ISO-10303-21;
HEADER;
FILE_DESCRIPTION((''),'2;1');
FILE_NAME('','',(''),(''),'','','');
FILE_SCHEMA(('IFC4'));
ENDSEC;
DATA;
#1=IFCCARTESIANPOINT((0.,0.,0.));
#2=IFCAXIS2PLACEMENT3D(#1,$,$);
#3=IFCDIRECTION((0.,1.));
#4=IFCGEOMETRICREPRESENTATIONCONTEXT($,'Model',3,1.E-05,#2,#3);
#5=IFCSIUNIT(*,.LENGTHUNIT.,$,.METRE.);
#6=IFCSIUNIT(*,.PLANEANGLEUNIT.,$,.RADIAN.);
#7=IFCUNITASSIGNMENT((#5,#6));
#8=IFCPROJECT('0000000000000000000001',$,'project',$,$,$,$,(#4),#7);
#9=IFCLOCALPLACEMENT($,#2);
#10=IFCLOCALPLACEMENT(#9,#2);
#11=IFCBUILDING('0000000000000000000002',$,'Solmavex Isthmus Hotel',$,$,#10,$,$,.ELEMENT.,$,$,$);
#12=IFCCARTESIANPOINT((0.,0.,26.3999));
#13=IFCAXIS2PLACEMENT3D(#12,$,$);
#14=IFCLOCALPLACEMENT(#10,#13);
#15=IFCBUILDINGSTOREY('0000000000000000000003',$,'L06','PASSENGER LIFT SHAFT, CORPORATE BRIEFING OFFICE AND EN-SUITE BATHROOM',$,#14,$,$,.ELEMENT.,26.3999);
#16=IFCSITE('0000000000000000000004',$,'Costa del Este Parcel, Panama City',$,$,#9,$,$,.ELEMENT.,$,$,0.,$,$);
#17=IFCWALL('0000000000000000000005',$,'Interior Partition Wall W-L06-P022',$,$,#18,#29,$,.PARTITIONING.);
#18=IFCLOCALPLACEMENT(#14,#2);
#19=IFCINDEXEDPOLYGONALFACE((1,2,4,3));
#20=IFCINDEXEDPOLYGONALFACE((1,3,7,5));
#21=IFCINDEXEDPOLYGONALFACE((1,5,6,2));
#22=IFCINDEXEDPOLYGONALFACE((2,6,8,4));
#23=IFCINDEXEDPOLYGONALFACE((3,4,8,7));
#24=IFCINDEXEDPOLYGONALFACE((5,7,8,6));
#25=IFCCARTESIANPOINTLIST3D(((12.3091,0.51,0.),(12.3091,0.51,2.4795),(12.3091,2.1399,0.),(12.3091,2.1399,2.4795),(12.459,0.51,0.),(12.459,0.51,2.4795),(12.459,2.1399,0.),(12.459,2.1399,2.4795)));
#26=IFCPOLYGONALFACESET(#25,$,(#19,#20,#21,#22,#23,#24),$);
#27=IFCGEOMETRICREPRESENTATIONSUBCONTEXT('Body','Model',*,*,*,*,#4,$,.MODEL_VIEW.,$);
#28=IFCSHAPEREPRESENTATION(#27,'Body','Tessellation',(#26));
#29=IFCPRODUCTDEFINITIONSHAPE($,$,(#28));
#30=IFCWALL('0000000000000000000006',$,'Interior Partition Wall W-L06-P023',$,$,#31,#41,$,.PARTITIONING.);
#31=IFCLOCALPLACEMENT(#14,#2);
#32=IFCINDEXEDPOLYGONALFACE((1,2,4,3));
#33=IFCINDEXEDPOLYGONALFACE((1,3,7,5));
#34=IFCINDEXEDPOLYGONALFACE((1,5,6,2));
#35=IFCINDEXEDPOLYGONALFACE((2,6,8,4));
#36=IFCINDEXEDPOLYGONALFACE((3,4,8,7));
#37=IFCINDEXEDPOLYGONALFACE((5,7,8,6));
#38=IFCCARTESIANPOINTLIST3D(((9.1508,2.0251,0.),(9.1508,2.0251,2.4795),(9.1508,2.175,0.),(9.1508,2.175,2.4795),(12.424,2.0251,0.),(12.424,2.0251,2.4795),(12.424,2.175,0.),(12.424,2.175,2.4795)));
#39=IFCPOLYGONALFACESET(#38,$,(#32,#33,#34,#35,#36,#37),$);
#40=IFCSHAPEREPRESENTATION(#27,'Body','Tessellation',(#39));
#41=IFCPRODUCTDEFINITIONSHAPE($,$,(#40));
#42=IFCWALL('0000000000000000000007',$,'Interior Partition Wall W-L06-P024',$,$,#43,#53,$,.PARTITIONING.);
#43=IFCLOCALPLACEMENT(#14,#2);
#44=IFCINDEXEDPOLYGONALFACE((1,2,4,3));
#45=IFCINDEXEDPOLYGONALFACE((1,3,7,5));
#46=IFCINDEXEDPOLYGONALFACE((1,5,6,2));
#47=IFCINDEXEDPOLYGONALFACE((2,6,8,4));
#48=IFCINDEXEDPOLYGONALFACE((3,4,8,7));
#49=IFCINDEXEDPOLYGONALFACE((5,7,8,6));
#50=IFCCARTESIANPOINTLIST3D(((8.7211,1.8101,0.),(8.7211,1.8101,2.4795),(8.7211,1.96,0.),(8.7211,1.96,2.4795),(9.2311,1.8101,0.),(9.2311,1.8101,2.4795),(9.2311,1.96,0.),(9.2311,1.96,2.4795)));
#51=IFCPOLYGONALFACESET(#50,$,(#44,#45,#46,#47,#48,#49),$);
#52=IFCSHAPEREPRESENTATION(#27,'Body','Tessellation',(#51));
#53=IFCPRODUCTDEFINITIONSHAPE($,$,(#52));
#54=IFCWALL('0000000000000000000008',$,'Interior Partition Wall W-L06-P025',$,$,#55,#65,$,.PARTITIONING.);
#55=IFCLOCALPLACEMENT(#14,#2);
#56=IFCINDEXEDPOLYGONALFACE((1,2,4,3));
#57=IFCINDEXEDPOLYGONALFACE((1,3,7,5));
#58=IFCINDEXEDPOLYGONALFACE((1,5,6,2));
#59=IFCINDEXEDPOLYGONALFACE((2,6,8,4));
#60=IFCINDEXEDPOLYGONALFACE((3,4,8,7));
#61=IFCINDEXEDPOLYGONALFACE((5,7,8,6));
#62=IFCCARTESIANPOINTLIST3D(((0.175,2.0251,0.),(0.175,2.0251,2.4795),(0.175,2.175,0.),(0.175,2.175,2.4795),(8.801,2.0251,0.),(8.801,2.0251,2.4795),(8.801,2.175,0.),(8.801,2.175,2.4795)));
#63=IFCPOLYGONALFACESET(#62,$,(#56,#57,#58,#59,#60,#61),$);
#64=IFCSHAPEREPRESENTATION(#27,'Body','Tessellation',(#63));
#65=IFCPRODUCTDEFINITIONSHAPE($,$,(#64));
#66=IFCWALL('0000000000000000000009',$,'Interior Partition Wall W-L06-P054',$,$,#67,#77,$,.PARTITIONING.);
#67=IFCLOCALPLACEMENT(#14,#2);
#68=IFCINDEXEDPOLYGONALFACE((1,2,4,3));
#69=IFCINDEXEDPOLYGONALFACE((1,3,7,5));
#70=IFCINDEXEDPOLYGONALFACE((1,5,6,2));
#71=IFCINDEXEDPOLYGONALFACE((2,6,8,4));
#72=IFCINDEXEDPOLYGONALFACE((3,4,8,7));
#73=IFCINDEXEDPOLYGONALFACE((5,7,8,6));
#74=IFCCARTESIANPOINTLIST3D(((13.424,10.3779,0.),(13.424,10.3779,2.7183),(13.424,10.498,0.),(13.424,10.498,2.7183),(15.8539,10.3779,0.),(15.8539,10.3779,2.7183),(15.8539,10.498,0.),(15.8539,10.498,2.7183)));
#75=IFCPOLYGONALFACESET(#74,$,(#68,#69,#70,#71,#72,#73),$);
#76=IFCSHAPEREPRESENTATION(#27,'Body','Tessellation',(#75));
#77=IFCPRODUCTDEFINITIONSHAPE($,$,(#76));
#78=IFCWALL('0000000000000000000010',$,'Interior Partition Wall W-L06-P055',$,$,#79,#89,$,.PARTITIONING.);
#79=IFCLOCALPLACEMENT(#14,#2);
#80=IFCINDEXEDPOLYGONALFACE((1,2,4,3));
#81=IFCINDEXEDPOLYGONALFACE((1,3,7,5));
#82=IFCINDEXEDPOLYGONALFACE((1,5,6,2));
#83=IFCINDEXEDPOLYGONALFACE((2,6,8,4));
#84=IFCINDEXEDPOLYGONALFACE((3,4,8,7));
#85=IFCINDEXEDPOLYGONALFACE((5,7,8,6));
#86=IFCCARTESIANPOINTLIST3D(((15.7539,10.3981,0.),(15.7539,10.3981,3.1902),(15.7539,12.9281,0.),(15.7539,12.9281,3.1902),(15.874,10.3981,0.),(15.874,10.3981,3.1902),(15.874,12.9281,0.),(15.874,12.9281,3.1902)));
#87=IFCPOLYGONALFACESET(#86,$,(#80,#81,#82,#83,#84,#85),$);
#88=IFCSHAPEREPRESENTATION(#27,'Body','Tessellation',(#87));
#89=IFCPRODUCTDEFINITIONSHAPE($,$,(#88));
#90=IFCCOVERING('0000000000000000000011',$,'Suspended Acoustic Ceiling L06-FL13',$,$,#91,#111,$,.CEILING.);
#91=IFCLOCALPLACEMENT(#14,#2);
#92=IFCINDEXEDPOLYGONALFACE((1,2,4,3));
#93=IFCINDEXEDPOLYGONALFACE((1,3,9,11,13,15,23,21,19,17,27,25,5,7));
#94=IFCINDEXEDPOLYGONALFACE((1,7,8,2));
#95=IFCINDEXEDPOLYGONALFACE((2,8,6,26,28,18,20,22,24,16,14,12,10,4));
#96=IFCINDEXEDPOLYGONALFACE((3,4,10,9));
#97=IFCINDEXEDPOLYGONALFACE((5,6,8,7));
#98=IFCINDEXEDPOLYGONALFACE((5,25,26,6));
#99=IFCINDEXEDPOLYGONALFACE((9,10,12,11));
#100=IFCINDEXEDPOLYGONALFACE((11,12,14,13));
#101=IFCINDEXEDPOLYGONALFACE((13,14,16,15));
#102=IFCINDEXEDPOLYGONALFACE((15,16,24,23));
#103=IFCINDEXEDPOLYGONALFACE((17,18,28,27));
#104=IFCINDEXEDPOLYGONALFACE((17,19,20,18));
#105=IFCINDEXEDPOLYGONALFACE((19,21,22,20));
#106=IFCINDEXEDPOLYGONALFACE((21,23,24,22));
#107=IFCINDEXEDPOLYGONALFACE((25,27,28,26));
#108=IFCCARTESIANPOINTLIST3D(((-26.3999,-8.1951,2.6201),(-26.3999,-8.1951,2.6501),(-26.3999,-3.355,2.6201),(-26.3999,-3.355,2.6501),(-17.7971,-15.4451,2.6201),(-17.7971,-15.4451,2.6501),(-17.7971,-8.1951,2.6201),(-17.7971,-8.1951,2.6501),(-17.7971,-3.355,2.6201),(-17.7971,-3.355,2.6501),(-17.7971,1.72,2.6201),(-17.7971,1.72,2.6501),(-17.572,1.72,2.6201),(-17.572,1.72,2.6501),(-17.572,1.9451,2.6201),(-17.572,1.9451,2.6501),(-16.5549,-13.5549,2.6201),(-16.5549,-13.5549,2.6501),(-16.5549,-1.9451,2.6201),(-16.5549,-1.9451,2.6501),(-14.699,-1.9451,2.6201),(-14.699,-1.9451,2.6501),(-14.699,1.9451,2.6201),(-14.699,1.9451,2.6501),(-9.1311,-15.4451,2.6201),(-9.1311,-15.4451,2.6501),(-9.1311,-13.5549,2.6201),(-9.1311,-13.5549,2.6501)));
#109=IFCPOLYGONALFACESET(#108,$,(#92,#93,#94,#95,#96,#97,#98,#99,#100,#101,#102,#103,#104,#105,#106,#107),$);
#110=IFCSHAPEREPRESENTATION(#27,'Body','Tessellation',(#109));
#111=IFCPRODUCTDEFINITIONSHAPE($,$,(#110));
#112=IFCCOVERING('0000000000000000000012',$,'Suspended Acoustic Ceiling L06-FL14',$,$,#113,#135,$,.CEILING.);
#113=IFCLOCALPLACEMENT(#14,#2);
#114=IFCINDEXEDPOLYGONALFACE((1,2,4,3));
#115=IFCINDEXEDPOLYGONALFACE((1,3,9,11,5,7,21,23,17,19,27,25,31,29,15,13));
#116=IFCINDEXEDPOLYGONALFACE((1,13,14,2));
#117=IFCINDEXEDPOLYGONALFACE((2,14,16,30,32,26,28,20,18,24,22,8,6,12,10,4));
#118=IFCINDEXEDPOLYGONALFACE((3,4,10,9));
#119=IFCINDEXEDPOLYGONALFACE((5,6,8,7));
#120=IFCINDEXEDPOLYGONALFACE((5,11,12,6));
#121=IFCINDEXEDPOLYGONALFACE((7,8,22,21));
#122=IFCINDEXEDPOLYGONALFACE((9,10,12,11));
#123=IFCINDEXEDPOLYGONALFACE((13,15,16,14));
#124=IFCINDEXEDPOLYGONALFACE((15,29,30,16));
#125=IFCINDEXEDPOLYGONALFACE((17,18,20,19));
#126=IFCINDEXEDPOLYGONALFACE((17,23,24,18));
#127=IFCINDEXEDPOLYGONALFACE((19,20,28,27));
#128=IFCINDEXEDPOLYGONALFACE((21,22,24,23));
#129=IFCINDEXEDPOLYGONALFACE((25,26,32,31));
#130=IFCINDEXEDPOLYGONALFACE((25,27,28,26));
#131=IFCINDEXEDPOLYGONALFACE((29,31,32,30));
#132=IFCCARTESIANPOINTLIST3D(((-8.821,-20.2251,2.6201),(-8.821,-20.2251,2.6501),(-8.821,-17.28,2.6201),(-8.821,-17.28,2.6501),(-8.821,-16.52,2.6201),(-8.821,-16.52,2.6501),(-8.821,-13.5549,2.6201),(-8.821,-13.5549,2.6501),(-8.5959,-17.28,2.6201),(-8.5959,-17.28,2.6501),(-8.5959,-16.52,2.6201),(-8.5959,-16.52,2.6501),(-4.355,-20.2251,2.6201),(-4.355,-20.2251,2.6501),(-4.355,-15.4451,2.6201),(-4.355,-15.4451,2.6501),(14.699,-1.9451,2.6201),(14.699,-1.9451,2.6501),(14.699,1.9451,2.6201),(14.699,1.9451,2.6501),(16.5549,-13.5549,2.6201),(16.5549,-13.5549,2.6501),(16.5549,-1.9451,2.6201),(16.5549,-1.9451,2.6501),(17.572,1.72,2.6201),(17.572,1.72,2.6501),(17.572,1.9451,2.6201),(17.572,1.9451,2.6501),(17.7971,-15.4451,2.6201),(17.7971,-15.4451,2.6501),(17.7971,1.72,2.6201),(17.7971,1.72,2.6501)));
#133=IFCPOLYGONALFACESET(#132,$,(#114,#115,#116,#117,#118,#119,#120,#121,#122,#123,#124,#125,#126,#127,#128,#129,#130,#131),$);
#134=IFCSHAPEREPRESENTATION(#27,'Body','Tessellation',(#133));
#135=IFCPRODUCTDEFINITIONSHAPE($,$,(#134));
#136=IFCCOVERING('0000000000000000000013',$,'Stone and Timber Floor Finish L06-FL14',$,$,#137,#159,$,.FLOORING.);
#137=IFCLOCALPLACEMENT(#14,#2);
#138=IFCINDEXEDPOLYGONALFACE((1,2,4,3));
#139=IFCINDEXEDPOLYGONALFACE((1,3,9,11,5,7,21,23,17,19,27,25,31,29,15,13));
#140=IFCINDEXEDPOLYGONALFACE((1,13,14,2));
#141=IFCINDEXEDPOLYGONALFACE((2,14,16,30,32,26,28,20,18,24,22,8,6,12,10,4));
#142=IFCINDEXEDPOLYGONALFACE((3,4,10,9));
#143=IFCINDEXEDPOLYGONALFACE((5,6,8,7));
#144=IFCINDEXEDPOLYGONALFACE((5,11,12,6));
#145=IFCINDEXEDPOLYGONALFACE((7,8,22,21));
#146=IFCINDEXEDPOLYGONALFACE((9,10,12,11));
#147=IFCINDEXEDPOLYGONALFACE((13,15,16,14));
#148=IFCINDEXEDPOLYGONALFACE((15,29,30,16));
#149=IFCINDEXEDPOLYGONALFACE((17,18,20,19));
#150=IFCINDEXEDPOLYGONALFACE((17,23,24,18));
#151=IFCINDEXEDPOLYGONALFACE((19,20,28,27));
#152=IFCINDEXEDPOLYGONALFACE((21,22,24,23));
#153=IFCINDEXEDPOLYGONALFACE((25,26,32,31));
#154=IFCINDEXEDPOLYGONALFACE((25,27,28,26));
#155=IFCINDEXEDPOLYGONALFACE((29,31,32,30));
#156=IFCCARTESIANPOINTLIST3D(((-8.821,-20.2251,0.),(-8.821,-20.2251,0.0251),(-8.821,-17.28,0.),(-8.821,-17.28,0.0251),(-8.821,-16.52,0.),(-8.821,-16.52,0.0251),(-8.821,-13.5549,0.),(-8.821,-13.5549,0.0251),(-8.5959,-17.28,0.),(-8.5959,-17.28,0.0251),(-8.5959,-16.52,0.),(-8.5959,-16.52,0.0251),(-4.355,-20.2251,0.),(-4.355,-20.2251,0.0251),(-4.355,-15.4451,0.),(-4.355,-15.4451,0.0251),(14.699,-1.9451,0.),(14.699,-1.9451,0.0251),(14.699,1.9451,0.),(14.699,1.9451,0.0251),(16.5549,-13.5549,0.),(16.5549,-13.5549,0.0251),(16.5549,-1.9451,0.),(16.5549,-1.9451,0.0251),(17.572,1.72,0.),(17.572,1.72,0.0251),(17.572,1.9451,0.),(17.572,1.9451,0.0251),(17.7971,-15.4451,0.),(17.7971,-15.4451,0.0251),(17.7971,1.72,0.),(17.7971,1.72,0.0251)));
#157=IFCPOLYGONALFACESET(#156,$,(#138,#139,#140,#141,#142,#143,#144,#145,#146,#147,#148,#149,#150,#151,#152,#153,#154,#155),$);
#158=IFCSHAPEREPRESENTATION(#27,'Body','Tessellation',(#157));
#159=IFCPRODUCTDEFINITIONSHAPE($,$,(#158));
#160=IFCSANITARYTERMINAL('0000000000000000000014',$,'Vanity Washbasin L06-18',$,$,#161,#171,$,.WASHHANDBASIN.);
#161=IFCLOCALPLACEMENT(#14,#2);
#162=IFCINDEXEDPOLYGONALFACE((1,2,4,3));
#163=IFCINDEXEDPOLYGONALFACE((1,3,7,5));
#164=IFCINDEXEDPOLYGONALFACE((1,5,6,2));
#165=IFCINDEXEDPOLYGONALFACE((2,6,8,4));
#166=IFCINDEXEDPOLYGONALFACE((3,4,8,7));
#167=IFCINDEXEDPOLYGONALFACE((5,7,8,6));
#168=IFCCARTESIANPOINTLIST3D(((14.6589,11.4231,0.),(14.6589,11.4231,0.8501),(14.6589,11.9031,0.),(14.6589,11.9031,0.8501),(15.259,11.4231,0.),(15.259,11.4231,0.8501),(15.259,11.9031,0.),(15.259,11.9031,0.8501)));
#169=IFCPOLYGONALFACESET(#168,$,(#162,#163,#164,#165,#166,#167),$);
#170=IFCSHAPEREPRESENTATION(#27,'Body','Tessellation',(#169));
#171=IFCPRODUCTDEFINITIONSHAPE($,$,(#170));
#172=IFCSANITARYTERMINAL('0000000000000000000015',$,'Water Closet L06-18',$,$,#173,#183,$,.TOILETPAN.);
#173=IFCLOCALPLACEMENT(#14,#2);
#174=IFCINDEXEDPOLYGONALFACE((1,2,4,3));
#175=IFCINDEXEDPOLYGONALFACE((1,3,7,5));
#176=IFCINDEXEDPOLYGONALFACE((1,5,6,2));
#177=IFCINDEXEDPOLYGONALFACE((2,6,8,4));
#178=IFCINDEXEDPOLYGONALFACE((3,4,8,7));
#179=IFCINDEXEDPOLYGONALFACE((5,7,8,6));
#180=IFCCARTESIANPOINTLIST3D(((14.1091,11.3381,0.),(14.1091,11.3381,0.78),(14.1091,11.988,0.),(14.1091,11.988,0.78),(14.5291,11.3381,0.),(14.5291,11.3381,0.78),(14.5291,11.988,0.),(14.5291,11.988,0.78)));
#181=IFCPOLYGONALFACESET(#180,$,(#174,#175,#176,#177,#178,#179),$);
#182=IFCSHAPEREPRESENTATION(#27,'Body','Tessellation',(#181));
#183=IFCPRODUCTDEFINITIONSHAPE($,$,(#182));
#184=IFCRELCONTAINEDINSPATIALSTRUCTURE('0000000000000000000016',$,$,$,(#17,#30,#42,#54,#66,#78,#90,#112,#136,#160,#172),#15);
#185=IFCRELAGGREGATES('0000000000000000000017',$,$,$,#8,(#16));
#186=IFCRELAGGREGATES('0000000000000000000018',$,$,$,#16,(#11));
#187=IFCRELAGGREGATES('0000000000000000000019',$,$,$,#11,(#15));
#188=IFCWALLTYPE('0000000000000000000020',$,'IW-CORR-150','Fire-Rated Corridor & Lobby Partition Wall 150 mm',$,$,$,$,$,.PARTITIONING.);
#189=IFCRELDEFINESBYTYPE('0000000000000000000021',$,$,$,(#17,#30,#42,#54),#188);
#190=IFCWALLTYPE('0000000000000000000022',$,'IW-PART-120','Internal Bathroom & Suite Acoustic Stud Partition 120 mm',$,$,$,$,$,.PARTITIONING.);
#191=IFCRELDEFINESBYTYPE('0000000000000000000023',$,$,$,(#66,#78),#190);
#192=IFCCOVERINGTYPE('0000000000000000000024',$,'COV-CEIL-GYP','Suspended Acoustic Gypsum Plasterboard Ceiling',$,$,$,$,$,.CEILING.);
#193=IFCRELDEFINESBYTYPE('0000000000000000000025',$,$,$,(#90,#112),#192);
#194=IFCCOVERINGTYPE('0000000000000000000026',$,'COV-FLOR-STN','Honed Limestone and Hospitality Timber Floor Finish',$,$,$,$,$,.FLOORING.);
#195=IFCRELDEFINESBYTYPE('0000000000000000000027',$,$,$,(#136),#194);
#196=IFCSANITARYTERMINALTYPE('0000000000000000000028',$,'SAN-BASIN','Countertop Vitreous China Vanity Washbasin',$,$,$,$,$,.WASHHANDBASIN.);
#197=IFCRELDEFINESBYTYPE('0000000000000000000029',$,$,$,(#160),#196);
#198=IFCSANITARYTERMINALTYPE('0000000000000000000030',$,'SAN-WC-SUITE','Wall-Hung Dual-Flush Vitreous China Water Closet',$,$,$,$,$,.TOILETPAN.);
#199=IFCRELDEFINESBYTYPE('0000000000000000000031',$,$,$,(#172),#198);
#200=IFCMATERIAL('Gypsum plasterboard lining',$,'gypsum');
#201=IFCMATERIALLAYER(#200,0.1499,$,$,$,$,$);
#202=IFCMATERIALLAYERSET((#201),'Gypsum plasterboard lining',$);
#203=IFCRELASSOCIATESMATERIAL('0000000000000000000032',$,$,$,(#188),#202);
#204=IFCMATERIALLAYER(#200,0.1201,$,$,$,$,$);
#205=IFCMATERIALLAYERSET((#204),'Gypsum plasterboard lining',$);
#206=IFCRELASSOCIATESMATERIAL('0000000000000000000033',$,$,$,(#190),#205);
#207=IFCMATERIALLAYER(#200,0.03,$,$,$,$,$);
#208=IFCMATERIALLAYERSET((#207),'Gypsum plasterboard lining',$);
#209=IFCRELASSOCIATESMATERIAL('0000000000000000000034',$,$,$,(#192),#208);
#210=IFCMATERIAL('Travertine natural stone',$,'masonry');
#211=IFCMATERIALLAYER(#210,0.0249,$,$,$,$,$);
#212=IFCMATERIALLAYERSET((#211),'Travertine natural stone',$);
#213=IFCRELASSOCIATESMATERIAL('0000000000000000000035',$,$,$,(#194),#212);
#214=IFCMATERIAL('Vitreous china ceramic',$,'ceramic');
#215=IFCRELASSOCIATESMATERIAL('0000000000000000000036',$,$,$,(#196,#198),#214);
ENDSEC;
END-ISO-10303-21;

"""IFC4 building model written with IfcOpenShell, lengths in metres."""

from ifc_helpers import new_model, si_unit, direction, frame, frame_2d, origin, origin_2d, place, context, subcontext, project, spatial, polyline, rectangle, outline, extrude, material, layer, layer_set, type_object, element, save


model = new_model("IFC4")

# Units and contexts
model_context = context("Model", 3, precision=1e-05, world=origin(), true_north=direction((0.0, 1.0)))
body_context = subcontext(model_context, "Body", "Model", "MODEL_VIEW")
ifc_project = project(units=[si_unit("LENGTHUNIT", "METRE"), si_unit("PLANEANGLEUNIT", "RADIAN")], contexts=[model_context])

# Site, building, storey
site_placement = place(None, origin())
site = spatial("IfcSite", under=ifc_project, at=site_placement, Name="Costa del Este Parcel, Panama City", CompositionType="ELEMENT", RefElevation=0.0)
building_placement = place(site_placement, origin())
building = spatial("IfcBuilding", under=site, at=building_placement, Name="Solmavex Isthmus Hotel", CompositionType="ELEMENT")
storey_placement = place(building_placement, frame((0.0, 0.0, 26.3999)))
storey = spatial("IfcBuildingStorey", under=building, at=storey_placement, Name="L06", Description="PASSENGER LIFT SHAFT, CORPORATE BRIEFING OFFICE AND EN-SUITE BATHROOM", CompositionType="ELEMENT", Elevation=26.3999)

# Shared definitions
ifc_material_1 = material(Name="Gypsum plasterboard lining", Category="gypsum")

# Shared definitions
ifc_layer_1 = layer(ifc_material_1, 0.1499)
ifc_layer_set_1 = layer_set([ifc_layer_1], Name="Gypsum plasterboard lining")
wall_type_1 = type_object("IfcWallType", Name="IW-CORR-150", Description="Fire-Rated Corridor & Lobby Partition Wall 150 mm", PredefinedType="PARTITIONING", material=ifc_layer_set_1)

# Walls
wall_1_placement = place(storey_placement, frame((12.384, 0.51, 0.0), z_axis=(0.0, 0.0, 1.0), x_axis=(0.0, 1.0, 0.0)))
element("IfcWall", 1, at=wall_1_placement, inside=storey, type_object=wall_type_1, Name="Interior Partition Wall W-L06-P022", PredefinedType="PARTITIONING", context=body_context, shape_type="SweptSolid", body=[
    extrude(rectangle(XDim=1.6299, YDim=0.1499, at=frame_2d((0.8149, 0.0))), origin(), (0.0, 0.0, 1.0), 2.4795),
])
wall_2_placement = place(storey_placement, frame((12.4241, 2.1001, 0.0), z_axis=(0.0, 0.0, 1.0), x_axis=(-1.0, 0.0, 0.0)))
element("IfcWall", 2, at=wall_2_placement, inside=storey, type_object=wall_type_1, Name="Interior Partition Wall W-L06-P023", PredefinedType="PARTITIONING", context=body_context, shape_type="SweptSolid", body=[
    extrude(rectangle(XDim=3.2732, YDim=0.1499, at=frame_2d((1.6367, 0.0))), origin(), (0.0, 0.0, 1.0), 2.4795),
])
wall_3_placement = place(storey_placement, frame((9.231, 1.885, 0.0), z_axis=(0.0, 0.0, 1.0), x_axis=(-1.0, 0.0, 0.0)))
element("IfcWall", 3, at=wall_3_placement, inside=storey, type_object=wall_type_1, Name="Interior Partition Wall W-L06-P024", PredefinedType="PARTITIONING", context=body_context, shape_type="SweptSolid", body=[
    extrude(rectangle(XDim=0.51, YDim=0.1499, at=frame_2d((0.2549, 0.0))), origin(), (0.0, 0.0, 1.0), 2.4795),
])
wall_4_placement = place(storey_placement, frame((8.801, 2.1001, 0.0), z_axis=(0.0, 0.0, 1.0), x_axis=(-1.0, 0.0, 0.0)))
element("IfcWall", 4, at=wall_4_placement, inside=storey, type_object=wall_type_1, Name="Interior Partition Wall W-L06-P025", PredefinedType="PARTITIONING", context=body_context, shape_type="SweptSolid", body=[
    extrude(rectangle(XDim=8.626, YDim=0.1499, at=frame_2d((4.313, 0.0))), origin(), (0.0, 0.0, 1.0), 2.4795),
])

# Walls
ifc_layer_2 = layer(ifc_material_1, 0.1201)
ifc_layer_set_2 = layer_set([ifc_layer_2], Name="Gypsum plasterboard lining")
wall_type_2 = type_object("IfcWallType", Name="IW-PART-120", Description="Internal Bathroom & Suite Acoustic Stud Partition 120 mm", PredefinedType="PARTITIONING", material=ifc_layer_set_2)
wall_5_placement = place(storey_placement, frame((13.4241, 10.438, 0.0), z_axis=(0.0, 0.0, 1.0), x_axis=(1.0, 0.0, 0.0)))
element("IfcWall", 5, at=wall_5_placement, inside=storey, type_object=wall_type_2, Name="Interior Partition Wall W-L06-P054", PredefinedType="PARTITIONING", context=body_context, shape_type="SweptSolid", body=[
    extrude(rectangle(XDim=2.4299, YDim=0.1201, at=frame_2d((1.2148, 0.0))), origin(), (0.0, 0.0, 1.0), 2.7183),
])
wall_6_placement = place(storey_placement, frame((15.814, 10.3979, 0.0), z_axis=(0.0, 0.0, 1.0), x_axis=(0.0, 1.0, 0.0)))
element("IfcWall", 6, at=wall_6_placement, inside=storey, type_object=wall_type_2, Name="Interior Partition Wall W-L06-P055", PredefinedType="PARTITIONING", context=body_context, shape_type="SweptSolid", body=[
    extrude(rectangle(XDim=2.53, YDim=0.1201, at=frame_2d((1.2651, 0.0))), origin(), (0.0, 0.0, 1.0), 3.1902),
])

# Coverings
ifc_layer_3 = layer(ifc_material_1, 0.03)
ifc_layer_set_3 = layer_set([ifc_layer_3], Name="Gypsum plasterboard lining")
covering_type_1 = type_object("IfcCoveringType", Name="COV-CEIL-GYP", Description="Suspended Acoustic Gypsum Plasterboard Ceiling", PredefinedType="CEILING", material=ifc_layer_set_3)
covering_1_placement = place(storey_placement, frame((0.0, 0.0, 2.6201)))
element("IfcCovering", 7, at=covering_1_placement, inside=storey, type_object=covering_type_1, Name="Suspended Acoustic Ceiling L06-FL13", PredefinedType="CEILING", context=body_context, shape_type="SweptSolid", body=[
    extrude(outline(polyline([(-17.572, 1.9451), (-17.572, 1.72), (-17.7971, 1.72), (-17.7971, -3.355), (-26.3999, -3.355), (-26.3999, -8.1951), (-17.7971, -8.1951), (-17.7971, -15.4451), (-9.1311, -15.4451), (-9.1311, -13.5549), (-16.5549, -13.5549), (-16.5549, -1.9451), (-14.699, -1.9451), (-14.699, 1.9451), (-17.572, 1.9451)])), origin(), (0.0, 0.0, 1.0), 0.03),
])
covering_2_placement = place(storey_placement, frame((0.0, 0.0, 2.6201)))
element("IfcCovering", 8, at=covering_2_placement, inside=storey, type_object=covering_type_1, Name="Suspended Acoustic Ceiling L06-FL14", PredefinedType="CEILING", context=body_context, shape_type="SweptSolid", body=[
    extrude(outline(polyline([(17.7971, 1.72), (17.572, 1.72), (17.572, 1.9451), (14.699, 1.9451), (14.699, -1.9451), (16.5549, -1.9451), (16.5549, -13.5549), (-8.821, -13.5549), (-8.821, -16.52), (-8.5959, -16.52), (-8.5959, -17.28), (-8.821, -17.28), (-8.821, -20.2251), (-4.355, -20.2251), (-4.355, -15.4451), (17.7971, -15.4451), (17.7971, 1.72)])), origin(), (0.0, 0.0, 1.0), 0.03),
])
ifc_material_2 = material(Name="Travertine natural stone", Category="masonry")
ifc_layer_4 = layer(ifc_material_2, 0.0249)
ifc_layer_set_4 = layer_set([ifc_layer_4], Name="Travertine natural stone")
covering_type_2 = type_object("IfcCoveringType", Name="COV-FLOR-STN", Description="Honed Limestone and Hospitality Timber Floor Finish", PredefinedType="FLOORING", material=ifc_layer_set_4)
covering_3_placement = place(storey_placement, origin())
element("IfcCovering", 9, at=covering_3_placement, inside=storey, type_object=covering_type_2, Name="Stone and Timber Floor Finish L06-FL14", PredefinedType="FLOORING", context=body_context, shape_type="SweptSolid", body=[
    extrude(outline(polyline([(17.7971, 1.72), (17.572, 1.72), (17.572, 1.9451), (14.699, 1.9451), (14.699, -1.9451), (16.5549, -1.9451), (16.5549, -13.5549), (-8.821, -13.5549), (-8.821, -16.52), (-8.5959, -16.52), (-8.5959, -17.28), (-8.821, -17.28), (-8.821, -20.2251), (-4.355, -20.2251), (-4.355, -15.4451), (17.7971, -15.4451), (17.7971, 1.72)])), origin(), (0.0, 0.0, 1.0), 0.0251),
])

# Sanitary terminals
ifc_material_3 = material(Name="Vitreous china ceramic", Category="ceramic")
sanitary_terminal_type_1 = type_object("IfcSanitaryTerminalType", Name="SAN-BASIN", Description="Countertop Vitreous China Vanity Washbasin", PredefinedType="WASHHANDBASIN", material=ifc_material_3)
sanitary_terminal_1_placement = place(storey_placement, frame((14.959, 11.6631, 0.0), z_axis=(0.0, 0.0, 1.0), x_axis=(1.0, 0.0, 0.0)))
element("IfcSanitaryTerminal", 10, at=sanitary_terminal_1_placement, inside=storey, type_object=sanitary_terminal_type_1, Name="Vanity Washbasin L06-18", PredefinedType="WASHHANDBASIN", context=body_context, shape_type="SweptSolid", body=[
    extrude(rectangle(XDim=0.6001, YDim=0.48, at=origin_2d()), origin(), (0.0, 0.0, 1.0), 0.8501),
])
sanitary_terminal_type_2 = type_object("IfcSanitaryTerminalType", Name="SAN-WC-SUITE", Description="Wall-Hung Dual-Flush Vitreous China Water Closet", PredefinedType="TOILETPAN", material=ifc_material_3)
sanitary_terminal_2_placement = place(storey_placement, frame((14.3191, 11.6631, 0.0), z_axis=(0.0, 0.0, 1.0), x_axis=(1.0, 0.0, 0.0)))
element("IfcSanitaryTerminal", 11, at=sanitary_terminal_2_placement, inside=storey, type_object=sanitary_terminal_type_2, Name="Water Closet L06-18", PredefinedType="TOILETPAN", context=body_context, shape_type="SweptSolid", body=[
    extrude(rectangle(XDim=0.4199, YDim=0.6499, at=origin_2d()), origin(), (0.0, 0.0, 1.0), 0.78),
])

save(model, "model.ifc")
